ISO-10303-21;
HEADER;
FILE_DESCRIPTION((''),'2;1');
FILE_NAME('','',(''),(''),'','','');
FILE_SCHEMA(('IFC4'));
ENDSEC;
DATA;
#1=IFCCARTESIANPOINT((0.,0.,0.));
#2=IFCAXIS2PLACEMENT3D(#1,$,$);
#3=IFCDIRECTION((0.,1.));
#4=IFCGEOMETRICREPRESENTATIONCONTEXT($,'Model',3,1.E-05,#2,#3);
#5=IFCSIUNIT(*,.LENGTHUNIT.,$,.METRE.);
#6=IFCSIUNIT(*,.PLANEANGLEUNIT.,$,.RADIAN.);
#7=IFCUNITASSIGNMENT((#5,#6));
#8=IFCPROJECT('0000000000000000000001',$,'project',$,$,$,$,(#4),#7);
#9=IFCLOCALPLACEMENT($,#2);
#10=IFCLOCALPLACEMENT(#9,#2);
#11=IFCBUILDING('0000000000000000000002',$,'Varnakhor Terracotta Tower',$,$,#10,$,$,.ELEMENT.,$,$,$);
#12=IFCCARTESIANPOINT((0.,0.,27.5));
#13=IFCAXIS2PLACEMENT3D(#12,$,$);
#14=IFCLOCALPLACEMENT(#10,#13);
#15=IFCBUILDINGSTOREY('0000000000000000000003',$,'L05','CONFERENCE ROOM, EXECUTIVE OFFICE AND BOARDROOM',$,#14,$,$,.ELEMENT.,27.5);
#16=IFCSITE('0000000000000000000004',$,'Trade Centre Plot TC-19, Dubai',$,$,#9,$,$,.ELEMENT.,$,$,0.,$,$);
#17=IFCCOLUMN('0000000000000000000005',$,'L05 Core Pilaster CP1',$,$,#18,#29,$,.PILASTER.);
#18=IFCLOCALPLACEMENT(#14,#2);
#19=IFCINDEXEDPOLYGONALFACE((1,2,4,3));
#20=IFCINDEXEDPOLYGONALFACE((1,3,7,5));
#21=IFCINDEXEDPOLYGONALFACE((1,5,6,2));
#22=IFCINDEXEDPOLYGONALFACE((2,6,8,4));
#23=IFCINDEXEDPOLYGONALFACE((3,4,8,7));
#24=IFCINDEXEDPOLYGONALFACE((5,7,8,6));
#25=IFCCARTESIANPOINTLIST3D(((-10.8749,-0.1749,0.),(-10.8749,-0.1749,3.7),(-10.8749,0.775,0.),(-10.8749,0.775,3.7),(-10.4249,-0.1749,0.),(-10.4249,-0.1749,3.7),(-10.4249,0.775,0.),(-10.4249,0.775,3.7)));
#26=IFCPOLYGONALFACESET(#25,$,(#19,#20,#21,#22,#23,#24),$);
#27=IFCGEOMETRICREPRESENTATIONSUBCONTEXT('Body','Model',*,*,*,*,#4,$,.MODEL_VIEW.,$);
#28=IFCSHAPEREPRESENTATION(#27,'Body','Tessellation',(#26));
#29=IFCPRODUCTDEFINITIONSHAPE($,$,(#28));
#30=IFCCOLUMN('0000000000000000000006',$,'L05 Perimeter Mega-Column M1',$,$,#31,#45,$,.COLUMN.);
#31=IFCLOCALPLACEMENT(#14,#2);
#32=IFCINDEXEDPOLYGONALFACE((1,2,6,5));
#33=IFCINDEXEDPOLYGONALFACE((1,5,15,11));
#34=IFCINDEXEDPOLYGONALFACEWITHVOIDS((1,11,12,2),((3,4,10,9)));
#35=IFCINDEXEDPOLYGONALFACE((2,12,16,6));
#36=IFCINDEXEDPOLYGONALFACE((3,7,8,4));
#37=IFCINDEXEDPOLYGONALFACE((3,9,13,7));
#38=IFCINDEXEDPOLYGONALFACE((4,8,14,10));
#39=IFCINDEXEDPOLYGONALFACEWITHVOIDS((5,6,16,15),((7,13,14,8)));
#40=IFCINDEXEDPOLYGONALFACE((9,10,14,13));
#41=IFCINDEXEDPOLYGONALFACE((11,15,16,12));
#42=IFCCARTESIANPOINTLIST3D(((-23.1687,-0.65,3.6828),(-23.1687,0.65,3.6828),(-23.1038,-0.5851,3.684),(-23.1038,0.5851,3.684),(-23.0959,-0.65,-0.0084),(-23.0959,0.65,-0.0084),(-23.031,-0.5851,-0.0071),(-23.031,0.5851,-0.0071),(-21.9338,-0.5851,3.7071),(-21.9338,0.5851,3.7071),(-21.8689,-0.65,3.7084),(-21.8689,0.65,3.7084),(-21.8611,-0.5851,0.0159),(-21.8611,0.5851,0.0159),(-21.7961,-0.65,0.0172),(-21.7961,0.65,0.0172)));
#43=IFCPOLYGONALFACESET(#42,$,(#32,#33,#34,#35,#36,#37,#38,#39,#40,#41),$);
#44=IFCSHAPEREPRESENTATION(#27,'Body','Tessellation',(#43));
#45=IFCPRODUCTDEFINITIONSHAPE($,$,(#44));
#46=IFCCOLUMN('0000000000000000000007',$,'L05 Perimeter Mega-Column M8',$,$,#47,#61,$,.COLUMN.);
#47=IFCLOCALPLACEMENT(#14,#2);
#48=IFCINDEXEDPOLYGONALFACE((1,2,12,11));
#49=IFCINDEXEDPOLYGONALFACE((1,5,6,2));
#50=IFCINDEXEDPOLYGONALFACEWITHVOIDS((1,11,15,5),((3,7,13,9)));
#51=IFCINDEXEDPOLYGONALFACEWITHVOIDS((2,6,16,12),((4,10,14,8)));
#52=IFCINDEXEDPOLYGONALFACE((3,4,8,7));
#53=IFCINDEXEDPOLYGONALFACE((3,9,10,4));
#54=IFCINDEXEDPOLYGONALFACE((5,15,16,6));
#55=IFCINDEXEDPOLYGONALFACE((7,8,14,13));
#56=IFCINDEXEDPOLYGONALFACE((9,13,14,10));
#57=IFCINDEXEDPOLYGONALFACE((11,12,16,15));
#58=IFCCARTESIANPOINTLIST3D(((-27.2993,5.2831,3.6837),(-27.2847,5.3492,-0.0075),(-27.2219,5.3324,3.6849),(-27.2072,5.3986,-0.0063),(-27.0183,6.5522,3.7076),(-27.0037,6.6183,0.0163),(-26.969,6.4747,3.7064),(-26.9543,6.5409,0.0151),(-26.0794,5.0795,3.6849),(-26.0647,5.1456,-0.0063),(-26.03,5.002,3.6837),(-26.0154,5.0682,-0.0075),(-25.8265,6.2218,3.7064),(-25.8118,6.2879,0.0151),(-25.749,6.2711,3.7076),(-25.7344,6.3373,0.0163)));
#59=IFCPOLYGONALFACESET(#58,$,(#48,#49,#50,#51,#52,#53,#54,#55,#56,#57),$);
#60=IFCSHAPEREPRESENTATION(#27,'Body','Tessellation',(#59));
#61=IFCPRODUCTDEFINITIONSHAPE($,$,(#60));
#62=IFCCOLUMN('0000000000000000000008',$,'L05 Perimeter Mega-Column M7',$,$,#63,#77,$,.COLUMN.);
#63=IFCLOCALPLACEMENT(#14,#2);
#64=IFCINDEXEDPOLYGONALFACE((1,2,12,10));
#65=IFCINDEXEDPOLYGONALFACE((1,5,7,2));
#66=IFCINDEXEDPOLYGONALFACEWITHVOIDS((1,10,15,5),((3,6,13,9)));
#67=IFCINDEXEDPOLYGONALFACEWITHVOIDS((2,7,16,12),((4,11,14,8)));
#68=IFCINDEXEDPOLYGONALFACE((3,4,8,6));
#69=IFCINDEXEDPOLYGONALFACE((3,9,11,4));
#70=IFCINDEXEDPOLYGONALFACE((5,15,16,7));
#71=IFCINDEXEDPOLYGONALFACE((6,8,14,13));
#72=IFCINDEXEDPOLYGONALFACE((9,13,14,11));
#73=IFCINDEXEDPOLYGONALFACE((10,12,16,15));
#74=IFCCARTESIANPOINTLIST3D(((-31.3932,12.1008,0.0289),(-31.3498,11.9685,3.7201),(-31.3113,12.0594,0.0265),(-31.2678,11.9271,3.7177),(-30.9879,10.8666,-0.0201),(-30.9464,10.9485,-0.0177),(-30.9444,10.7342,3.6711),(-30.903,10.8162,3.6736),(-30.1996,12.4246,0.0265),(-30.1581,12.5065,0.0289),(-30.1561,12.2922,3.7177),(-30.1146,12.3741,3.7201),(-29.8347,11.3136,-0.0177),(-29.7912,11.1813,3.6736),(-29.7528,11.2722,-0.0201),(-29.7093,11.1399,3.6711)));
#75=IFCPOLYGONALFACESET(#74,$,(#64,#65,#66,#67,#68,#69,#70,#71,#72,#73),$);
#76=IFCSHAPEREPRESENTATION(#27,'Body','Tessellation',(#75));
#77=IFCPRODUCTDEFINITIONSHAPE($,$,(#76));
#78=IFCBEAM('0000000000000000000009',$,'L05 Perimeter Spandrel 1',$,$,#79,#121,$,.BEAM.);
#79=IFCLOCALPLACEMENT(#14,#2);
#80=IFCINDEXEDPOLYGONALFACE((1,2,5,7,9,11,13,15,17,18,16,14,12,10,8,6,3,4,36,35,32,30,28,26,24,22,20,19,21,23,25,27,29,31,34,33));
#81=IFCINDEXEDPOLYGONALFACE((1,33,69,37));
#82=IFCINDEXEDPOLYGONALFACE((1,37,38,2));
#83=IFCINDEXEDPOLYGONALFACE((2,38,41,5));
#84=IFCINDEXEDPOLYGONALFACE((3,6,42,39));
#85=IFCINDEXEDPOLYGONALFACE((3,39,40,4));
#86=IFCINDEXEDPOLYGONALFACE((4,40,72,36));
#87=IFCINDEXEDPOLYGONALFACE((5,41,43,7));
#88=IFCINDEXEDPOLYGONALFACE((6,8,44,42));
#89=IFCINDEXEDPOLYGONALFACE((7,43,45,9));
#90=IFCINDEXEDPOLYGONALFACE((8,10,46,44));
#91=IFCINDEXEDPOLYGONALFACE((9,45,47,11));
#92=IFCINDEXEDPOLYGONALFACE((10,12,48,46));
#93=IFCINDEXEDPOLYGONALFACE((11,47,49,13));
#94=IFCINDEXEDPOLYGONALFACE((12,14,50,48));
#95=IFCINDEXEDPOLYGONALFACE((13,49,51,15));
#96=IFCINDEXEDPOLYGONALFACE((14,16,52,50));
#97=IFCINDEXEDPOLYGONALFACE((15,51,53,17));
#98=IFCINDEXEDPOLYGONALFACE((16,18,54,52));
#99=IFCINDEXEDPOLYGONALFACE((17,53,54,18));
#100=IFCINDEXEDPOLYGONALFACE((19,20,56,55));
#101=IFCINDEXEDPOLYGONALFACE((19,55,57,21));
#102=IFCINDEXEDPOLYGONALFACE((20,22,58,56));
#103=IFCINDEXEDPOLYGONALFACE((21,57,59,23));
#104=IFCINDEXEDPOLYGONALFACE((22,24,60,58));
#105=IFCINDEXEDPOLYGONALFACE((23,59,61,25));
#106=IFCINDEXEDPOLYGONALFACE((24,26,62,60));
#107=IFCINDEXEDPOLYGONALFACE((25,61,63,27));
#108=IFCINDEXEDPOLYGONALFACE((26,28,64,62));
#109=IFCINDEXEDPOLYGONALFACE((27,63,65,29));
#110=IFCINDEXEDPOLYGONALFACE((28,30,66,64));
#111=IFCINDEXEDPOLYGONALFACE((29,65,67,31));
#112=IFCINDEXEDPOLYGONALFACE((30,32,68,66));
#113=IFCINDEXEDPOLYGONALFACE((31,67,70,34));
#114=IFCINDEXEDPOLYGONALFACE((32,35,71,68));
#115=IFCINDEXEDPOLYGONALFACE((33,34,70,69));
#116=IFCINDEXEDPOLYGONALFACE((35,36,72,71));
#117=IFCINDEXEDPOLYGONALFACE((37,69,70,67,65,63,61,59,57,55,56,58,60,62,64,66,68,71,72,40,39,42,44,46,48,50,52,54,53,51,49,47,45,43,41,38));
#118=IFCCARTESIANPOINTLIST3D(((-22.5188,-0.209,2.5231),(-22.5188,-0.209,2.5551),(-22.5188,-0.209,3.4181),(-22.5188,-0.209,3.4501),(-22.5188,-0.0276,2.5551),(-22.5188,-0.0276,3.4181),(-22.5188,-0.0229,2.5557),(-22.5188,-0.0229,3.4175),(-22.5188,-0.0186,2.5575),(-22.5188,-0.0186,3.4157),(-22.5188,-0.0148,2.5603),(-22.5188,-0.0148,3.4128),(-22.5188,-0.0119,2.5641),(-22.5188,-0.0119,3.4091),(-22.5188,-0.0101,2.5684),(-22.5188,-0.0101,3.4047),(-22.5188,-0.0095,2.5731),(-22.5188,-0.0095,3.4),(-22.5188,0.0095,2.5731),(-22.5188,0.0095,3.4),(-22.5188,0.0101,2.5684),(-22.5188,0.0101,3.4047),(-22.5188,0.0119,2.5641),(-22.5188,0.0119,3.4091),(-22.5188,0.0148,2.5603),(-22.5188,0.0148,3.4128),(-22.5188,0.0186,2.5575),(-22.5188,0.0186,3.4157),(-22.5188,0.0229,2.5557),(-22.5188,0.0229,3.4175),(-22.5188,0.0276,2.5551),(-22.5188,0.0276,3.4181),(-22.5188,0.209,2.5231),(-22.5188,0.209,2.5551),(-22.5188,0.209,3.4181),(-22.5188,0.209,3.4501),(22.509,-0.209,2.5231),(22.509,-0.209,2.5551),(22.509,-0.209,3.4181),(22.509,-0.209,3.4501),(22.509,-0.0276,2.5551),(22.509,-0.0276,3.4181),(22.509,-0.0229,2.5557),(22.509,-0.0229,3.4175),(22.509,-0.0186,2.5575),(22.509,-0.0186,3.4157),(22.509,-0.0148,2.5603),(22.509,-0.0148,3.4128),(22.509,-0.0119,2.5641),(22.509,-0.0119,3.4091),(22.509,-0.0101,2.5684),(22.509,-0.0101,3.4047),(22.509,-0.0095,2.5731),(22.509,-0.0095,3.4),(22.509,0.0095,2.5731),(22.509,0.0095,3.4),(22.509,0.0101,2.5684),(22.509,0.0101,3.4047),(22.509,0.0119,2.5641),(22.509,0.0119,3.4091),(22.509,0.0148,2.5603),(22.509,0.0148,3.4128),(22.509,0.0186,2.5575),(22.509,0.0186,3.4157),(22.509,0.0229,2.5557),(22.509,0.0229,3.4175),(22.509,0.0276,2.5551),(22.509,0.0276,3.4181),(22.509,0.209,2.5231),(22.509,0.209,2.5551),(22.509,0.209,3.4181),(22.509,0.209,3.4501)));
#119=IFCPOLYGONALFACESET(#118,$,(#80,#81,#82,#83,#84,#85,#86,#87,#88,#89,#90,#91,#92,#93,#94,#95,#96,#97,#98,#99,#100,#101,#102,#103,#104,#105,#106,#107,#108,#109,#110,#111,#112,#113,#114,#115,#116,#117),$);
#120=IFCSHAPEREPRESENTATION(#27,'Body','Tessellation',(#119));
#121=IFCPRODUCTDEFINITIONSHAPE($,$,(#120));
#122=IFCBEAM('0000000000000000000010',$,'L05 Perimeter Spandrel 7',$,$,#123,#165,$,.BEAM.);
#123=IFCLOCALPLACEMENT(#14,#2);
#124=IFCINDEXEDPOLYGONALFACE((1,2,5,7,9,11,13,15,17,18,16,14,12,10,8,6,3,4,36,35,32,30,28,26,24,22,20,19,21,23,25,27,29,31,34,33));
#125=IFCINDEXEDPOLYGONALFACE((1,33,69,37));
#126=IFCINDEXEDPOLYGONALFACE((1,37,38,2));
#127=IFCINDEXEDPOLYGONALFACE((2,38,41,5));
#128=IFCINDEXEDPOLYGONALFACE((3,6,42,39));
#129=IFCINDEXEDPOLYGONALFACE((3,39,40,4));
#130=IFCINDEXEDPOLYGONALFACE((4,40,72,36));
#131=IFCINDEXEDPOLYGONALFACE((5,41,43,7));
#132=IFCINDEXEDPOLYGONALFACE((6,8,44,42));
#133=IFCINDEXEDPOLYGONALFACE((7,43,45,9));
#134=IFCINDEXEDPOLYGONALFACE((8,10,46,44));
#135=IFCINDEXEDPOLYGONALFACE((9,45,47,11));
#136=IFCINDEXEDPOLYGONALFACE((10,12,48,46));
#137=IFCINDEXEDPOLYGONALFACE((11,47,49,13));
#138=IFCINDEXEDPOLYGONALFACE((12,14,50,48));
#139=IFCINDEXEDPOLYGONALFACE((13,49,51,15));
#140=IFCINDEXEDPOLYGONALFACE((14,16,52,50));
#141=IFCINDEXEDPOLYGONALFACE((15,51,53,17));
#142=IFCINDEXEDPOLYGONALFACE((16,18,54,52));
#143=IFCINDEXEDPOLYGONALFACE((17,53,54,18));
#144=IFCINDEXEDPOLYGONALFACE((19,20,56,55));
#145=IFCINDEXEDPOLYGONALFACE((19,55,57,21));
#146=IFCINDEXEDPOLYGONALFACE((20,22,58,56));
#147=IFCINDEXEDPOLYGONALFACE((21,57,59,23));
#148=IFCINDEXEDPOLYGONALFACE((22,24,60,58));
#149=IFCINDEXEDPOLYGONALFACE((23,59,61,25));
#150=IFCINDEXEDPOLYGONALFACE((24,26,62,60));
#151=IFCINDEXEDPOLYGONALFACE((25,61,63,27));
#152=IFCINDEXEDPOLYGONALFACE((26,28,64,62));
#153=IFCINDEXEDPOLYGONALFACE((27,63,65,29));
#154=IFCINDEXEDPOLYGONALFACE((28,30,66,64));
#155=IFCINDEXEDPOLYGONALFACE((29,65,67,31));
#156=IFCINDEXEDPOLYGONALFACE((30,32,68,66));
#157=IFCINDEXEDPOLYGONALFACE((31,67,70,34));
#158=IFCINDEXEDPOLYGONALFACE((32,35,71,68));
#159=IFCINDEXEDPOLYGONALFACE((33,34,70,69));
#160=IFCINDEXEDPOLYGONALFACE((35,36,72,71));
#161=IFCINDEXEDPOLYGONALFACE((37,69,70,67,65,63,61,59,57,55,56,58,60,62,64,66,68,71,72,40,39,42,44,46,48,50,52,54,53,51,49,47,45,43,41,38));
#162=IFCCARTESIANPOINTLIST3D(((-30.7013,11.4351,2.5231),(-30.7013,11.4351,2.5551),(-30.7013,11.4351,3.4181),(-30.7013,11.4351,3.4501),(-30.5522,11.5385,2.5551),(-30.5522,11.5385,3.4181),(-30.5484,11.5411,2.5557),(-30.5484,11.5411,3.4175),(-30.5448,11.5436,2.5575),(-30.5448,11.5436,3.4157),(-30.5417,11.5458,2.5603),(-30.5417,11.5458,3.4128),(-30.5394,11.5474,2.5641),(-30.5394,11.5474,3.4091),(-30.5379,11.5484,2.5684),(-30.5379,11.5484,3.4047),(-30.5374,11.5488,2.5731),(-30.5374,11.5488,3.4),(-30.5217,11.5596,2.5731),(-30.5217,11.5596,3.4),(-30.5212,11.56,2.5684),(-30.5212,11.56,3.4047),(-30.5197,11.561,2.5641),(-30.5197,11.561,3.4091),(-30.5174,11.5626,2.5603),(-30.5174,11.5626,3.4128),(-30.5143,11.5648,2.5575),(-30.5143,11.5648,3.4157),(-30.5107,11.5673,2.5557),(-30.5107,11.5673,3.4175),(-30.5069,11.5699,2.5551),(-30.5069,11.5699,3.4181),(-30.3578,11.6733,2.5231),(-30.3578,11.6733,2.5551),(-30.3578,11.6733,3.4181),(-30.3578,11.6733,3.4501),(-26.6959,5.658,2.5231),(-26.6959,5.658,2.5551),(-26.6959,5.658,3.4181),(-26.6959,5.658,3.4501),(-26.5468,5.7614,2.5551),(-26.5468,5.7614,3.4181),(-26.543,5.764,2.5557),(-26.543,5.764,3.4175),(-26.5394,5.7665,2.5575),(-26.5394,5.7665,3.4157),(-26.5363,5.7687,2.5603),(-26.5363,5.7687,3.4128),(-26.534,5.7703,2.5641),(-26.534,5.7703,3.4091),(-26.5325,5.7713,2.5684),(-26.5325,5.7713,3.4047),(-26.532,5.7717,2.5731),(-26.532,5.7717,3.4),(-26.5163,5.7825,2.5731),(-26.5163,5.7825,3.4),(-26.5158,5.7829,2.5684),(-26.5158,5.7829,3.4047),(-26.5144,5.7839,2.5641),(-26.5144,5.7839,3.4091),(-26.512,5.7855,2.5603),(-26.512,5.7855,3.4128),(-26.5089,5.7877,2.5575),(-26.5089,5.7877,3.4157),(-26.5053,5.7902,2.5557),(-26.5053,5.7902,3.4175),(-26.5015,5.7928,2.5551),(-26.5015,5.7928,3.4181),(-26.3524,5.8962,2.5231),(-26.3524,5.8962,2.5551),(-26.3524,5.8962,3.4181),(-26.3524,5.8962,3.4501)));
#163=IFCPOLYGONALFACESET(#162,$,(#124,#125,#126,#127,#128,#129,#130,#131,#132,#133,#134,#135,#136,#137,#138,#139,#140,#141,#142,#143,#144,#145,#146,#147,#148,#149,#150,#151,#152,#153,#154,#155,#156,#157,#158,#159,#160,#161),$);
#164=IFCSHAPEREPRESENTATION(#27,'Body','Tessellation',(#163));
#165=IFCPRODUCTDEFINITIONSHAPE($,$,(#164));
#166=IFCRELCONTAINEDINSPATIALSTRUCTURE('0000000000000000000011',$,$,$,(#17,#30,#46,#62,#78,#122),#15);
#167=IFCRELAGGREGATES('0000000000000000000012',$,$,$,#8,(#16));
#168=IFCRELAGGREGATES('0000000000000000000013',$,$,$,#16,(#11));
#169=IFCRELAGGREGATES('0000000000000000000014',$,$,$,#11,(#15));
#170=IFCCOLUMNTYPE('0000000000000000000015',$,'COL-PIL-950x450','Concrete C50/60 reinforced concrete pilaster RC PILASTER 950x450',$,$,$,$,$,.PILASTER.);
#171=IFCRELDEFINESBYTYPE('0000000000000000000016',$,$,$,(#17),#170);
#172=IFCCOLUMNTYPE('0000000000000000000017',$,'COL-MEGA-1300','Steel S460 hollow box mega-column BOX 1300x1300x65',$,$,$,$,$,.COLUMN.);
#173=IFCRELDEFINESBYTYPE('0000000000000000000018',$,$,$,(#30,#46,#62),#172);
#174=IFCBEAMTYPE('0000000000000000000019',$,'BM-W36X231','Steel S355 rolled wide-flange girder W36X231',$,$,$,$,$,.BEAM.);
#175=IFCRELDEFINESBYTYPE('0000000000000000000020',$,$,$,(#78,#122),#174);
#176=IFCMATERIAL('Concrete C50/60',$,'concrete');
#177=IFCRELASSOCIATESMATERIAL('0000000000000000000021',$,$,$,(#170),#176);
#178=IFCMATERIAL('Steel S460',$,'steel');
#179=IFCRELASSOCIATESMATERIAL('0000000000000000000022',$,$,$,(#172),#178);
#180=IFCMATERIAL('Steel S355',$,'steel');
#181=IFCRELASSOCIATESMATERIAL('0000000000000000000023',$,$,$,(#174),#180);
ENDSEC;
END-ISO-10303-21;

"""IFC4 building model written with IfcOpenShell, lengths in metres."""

from ifc_helpers import new_model, si_unit, direction, frame, origin, origin_2d, place, context, subcontext, project, spatial, rectangle, hollow_rectangle, i_section, extrude, source, transform, mapped, material, material_profile, profile_set, type_object, type_shapes, element, save


model = new_model("IFC4")

# Units and contexts
model_context = context("Model", 3, precision=1e-05, world=origin(), true_north=direction((0.0, 1.0)))
body_context = subcontext(model_context, "Body", "Model", "MODEL_VIEW")
ifc_project = project(units=[si_unit("LENGTHUNIT", "METRE"), si_unit("PLANEANGLEUNIT", "RADIAN")], contexts=[model_context])

# Site, building, storey
site_placement = place(None, origin())
site = spatial("IfcSite", under=ifc_project, at=site_placement, Name="Trade Centre Plot TC-19, Dubai", CompositionType="ELEMENT", RefElevation=0.0)
building_placement = place(site_placement, origin())
building = spatial("IfcBuilding", under=site, at=building_placement, Name="Varnakhor Terracotta Tower", CompositionType="ELEMENT")
storey_placement = place(building_placement, frame((0.0, 0.0, 27.5)))
storey = spatial("IfcBuildingStorey", under=building, at=storey_placement, Name="L05", Description="CONFERENCE ROOM, EXECUTIVE OFFICE AND BOARDROOM", CompositionType="ELEMENT", Elevation=27.5)

# Columns
ifc_material_1 = material(Name="Concrete C50/60", Category="concrete")
ifc_material_profile_1 = material_profile(ifc_material_1, rectangle(XDim=0.45, YDim=0.95, at=origin_2d()), Name="RC PILASTER 950x450")
ifc_profile_set_1 = profile_set([ifc_material_profile_1], Name="Concrete C50/60")
column_type_1 = type_object("IfcColumnType", Name="COL-PIL-950x450", Description="Concrete C50/60 reinforced concrete pilaster RC PILASTER 950x450", PredefinedType="PILASTER", material=ifc_profile_set_1)
shared_shape_1 = source(origin(), body_context, "Body", "SweptSolid", [
    extrude(rectangle(XDim=0.45, YDim=0.95, at=origin_2d()), origin(), (0.0, 0.0, 1.0), 3.7),
])
column_1_placement = place(storey_placement, frame((-10.6499, 0.3, 0.0), z_axis=(0.0, 0.0, 1.0), x_axis=(1.0, 0.0, 0.0)))
element("IfcColumn", 1, at=column_1_placement, inside=storey, type_object=column_type_1, Name="L05 Core Pilaster CP1", PredefinedType="PILASTER", context=body_context, shape_type="MappedRepresentation", body=[
    mapped(shared_shape_1, transform((0.0, 0.0, 0.0), scale=1.0)),
])
ifc_material_2 = material(Name="Steel S460", Category="steel")
ifc_material_profile_2 = material_profile(ifc_material_2, hollow_rectangle(XDim=1.3, YDim=1.3, WallThickness=0.0649, at=origin_2d()), Name="BOX 1300x1300x65")
ifc_profile_set_2 = profile_set([ifc_material_profile_2], Name="Steel S460")
column_type_2 = type_object("IfcColumnType", Name="COL-MEGA-1300", Description="Steel S460 hollow box mega-column BOX 1300x1300x65", PredefinedType="COLUMN", material=ifc_profile_set_2)
shared_shape_2 = source(origin(), body_context, "Body", "SweptSolid", [
    extrude(hollow_rectangle(XDim=1.3, YDim=1.3, WallThickness=0.0649, at=origin_2d()), origin(), (0.0, 0.0, 1.0), 3.6919),
])
type_shapes(column_type_2, [shared_shape_2])
for number, where, z_axis, x_axis, name in (
    (2, (-22.446, 0.0, 0.0044), (-0.019706, 0.0, 0.999806), (0.0, -1.0, 0.0), "L05 Perimeter Mega-Column M1"),
    (3, (-26.5095, 5.8433, 0.0044), (-0.003968, -0.017921, 0.999832), (0.976356, -0.216167, 0.0), "L05 Perimeter Mega-Column M8"),
):
    element("IfcColumn", number, at=place(storey_placement, frame(where, z_axis=z_axis, x_axis=x_axis)), inside=storey, type_object=column_type_2, Name=name, PredefinedType="COLUMN", context=body_context, shape_type="MappedRepresentation", body=[
        mapped(shared_shape_2, transform((0.0, 0.0, 0.0), scale=1.0)),
    ])
shared_shape_3 = source(origin(), body_context, "Body", "SweptSolid", [
    extrude(hollow_rectangle(XDim=1.3, YDim=1.3, WallThickness=0.0649, at=origin_2d()), origin(), (0.0, 0.0, 1.0), 3.6938),
])
column_2_placement = place(storey_placement, frame((-30.573, 11.6865, 0.0044), z_axis=(0.011765, -0.035823, 0.999289), x_axis=(0.950076, 0.312018, 0.0)))
element("IfcColumn", 4, at=column_2_placement, inside=storey, type_object=column_type_2, Name="L05 Perimeter Mega-Column M7", PredefinedType="COLUMN", context=body_context, shape_type="MappedRepresentation", body=[
    mapped(shared_shape_3, transform((0.0, 0.0, 0.0), scale=1.0)),
])

# Beams
ifc_material_3 = material(Name="Steel S355", Category="steel")
ifc_material_profile_3 = material_profile(ifc_material_3, i_section(OverallWidth=0.418, OverallDepth=0.927, WebThickness=0.019, FlangeThickness=0.032, FilletRadius=0.0181, at=origin_2d()), Name="W36X231")
ifc_profile_set_3 = profile_set([ifc_material_profile_3], Name="Steel S355")
beam_type_1 = type_object("IfcBeamType", Name="BM-W36X231", Description="Steel S355 rolled wide-flange girder W36X231", PredefinedType="BEAM", material=ifc_profile_set_3)
shared_shape_4 = source(origin(), body_context, "Body", "SweptSolid", [
    extrude(i_section(OverallWidth=0.418, OverallDepth=0.927, WebThickness=0.019, FlangeThickness=0.032, FilletRadius=0.0181, at=origin_2d()), origin(), (0.0, 0.0, 1.0), 45.0278),
])
beam_1_placement = place(storey_placement, frame((-22.5188, 0.0, 2.9866), z_axis=(1.0, 0.0, 0.0), x_axis=(0.0, 1.0, 0.0)))
element("IfcBeam", 5, at=beam_1_placement, inside=storey, type_object=beam_type_1, Name="L05 Perimeter Spandrel 1", PredefinedType="BEAM", context=body_context, shape_type="MappedRepresentation", body=[
    mapped(shared_shape_4, transform((0.0, 0.0, 0.0), scale=1.0)),
])
shared_shape_5 = source(origin(), body_context, "Body", "SweptSolid", [
    extrude(i_section(OverallWidth=0.418, OverallDepth=0.927, WebThickness=0.019, FlangeThickness=0.032, FilletRadius=0.0181, at=origin_2d()), origin(), (0.0, 0.0, 1.0), 7.0298),
])
for number, where, z_axis, x_axis, name in (
    (6, (-30.5295, 11.5542, 2.9866), (0.569771, -0.821803, 0.0), (0.821803, 0.569771, 0.0), "L05 Perimeter Spandrel 7"),
):
    element("IfcBeam", number, at=place(storey_placement, frame(where, z_axis=z_axis, x_axis=x_axis)), inside=storey, type_object=beam_type_1, Name=name, PredefinedType="BEAM", context=body_context, shape_type="MappedRepresentation", body=[
        mapped(shared_shape_5, transform((0.0, 0.0, 0.0), scale=1.0)),
    ])

save(model, "model.ifc")
